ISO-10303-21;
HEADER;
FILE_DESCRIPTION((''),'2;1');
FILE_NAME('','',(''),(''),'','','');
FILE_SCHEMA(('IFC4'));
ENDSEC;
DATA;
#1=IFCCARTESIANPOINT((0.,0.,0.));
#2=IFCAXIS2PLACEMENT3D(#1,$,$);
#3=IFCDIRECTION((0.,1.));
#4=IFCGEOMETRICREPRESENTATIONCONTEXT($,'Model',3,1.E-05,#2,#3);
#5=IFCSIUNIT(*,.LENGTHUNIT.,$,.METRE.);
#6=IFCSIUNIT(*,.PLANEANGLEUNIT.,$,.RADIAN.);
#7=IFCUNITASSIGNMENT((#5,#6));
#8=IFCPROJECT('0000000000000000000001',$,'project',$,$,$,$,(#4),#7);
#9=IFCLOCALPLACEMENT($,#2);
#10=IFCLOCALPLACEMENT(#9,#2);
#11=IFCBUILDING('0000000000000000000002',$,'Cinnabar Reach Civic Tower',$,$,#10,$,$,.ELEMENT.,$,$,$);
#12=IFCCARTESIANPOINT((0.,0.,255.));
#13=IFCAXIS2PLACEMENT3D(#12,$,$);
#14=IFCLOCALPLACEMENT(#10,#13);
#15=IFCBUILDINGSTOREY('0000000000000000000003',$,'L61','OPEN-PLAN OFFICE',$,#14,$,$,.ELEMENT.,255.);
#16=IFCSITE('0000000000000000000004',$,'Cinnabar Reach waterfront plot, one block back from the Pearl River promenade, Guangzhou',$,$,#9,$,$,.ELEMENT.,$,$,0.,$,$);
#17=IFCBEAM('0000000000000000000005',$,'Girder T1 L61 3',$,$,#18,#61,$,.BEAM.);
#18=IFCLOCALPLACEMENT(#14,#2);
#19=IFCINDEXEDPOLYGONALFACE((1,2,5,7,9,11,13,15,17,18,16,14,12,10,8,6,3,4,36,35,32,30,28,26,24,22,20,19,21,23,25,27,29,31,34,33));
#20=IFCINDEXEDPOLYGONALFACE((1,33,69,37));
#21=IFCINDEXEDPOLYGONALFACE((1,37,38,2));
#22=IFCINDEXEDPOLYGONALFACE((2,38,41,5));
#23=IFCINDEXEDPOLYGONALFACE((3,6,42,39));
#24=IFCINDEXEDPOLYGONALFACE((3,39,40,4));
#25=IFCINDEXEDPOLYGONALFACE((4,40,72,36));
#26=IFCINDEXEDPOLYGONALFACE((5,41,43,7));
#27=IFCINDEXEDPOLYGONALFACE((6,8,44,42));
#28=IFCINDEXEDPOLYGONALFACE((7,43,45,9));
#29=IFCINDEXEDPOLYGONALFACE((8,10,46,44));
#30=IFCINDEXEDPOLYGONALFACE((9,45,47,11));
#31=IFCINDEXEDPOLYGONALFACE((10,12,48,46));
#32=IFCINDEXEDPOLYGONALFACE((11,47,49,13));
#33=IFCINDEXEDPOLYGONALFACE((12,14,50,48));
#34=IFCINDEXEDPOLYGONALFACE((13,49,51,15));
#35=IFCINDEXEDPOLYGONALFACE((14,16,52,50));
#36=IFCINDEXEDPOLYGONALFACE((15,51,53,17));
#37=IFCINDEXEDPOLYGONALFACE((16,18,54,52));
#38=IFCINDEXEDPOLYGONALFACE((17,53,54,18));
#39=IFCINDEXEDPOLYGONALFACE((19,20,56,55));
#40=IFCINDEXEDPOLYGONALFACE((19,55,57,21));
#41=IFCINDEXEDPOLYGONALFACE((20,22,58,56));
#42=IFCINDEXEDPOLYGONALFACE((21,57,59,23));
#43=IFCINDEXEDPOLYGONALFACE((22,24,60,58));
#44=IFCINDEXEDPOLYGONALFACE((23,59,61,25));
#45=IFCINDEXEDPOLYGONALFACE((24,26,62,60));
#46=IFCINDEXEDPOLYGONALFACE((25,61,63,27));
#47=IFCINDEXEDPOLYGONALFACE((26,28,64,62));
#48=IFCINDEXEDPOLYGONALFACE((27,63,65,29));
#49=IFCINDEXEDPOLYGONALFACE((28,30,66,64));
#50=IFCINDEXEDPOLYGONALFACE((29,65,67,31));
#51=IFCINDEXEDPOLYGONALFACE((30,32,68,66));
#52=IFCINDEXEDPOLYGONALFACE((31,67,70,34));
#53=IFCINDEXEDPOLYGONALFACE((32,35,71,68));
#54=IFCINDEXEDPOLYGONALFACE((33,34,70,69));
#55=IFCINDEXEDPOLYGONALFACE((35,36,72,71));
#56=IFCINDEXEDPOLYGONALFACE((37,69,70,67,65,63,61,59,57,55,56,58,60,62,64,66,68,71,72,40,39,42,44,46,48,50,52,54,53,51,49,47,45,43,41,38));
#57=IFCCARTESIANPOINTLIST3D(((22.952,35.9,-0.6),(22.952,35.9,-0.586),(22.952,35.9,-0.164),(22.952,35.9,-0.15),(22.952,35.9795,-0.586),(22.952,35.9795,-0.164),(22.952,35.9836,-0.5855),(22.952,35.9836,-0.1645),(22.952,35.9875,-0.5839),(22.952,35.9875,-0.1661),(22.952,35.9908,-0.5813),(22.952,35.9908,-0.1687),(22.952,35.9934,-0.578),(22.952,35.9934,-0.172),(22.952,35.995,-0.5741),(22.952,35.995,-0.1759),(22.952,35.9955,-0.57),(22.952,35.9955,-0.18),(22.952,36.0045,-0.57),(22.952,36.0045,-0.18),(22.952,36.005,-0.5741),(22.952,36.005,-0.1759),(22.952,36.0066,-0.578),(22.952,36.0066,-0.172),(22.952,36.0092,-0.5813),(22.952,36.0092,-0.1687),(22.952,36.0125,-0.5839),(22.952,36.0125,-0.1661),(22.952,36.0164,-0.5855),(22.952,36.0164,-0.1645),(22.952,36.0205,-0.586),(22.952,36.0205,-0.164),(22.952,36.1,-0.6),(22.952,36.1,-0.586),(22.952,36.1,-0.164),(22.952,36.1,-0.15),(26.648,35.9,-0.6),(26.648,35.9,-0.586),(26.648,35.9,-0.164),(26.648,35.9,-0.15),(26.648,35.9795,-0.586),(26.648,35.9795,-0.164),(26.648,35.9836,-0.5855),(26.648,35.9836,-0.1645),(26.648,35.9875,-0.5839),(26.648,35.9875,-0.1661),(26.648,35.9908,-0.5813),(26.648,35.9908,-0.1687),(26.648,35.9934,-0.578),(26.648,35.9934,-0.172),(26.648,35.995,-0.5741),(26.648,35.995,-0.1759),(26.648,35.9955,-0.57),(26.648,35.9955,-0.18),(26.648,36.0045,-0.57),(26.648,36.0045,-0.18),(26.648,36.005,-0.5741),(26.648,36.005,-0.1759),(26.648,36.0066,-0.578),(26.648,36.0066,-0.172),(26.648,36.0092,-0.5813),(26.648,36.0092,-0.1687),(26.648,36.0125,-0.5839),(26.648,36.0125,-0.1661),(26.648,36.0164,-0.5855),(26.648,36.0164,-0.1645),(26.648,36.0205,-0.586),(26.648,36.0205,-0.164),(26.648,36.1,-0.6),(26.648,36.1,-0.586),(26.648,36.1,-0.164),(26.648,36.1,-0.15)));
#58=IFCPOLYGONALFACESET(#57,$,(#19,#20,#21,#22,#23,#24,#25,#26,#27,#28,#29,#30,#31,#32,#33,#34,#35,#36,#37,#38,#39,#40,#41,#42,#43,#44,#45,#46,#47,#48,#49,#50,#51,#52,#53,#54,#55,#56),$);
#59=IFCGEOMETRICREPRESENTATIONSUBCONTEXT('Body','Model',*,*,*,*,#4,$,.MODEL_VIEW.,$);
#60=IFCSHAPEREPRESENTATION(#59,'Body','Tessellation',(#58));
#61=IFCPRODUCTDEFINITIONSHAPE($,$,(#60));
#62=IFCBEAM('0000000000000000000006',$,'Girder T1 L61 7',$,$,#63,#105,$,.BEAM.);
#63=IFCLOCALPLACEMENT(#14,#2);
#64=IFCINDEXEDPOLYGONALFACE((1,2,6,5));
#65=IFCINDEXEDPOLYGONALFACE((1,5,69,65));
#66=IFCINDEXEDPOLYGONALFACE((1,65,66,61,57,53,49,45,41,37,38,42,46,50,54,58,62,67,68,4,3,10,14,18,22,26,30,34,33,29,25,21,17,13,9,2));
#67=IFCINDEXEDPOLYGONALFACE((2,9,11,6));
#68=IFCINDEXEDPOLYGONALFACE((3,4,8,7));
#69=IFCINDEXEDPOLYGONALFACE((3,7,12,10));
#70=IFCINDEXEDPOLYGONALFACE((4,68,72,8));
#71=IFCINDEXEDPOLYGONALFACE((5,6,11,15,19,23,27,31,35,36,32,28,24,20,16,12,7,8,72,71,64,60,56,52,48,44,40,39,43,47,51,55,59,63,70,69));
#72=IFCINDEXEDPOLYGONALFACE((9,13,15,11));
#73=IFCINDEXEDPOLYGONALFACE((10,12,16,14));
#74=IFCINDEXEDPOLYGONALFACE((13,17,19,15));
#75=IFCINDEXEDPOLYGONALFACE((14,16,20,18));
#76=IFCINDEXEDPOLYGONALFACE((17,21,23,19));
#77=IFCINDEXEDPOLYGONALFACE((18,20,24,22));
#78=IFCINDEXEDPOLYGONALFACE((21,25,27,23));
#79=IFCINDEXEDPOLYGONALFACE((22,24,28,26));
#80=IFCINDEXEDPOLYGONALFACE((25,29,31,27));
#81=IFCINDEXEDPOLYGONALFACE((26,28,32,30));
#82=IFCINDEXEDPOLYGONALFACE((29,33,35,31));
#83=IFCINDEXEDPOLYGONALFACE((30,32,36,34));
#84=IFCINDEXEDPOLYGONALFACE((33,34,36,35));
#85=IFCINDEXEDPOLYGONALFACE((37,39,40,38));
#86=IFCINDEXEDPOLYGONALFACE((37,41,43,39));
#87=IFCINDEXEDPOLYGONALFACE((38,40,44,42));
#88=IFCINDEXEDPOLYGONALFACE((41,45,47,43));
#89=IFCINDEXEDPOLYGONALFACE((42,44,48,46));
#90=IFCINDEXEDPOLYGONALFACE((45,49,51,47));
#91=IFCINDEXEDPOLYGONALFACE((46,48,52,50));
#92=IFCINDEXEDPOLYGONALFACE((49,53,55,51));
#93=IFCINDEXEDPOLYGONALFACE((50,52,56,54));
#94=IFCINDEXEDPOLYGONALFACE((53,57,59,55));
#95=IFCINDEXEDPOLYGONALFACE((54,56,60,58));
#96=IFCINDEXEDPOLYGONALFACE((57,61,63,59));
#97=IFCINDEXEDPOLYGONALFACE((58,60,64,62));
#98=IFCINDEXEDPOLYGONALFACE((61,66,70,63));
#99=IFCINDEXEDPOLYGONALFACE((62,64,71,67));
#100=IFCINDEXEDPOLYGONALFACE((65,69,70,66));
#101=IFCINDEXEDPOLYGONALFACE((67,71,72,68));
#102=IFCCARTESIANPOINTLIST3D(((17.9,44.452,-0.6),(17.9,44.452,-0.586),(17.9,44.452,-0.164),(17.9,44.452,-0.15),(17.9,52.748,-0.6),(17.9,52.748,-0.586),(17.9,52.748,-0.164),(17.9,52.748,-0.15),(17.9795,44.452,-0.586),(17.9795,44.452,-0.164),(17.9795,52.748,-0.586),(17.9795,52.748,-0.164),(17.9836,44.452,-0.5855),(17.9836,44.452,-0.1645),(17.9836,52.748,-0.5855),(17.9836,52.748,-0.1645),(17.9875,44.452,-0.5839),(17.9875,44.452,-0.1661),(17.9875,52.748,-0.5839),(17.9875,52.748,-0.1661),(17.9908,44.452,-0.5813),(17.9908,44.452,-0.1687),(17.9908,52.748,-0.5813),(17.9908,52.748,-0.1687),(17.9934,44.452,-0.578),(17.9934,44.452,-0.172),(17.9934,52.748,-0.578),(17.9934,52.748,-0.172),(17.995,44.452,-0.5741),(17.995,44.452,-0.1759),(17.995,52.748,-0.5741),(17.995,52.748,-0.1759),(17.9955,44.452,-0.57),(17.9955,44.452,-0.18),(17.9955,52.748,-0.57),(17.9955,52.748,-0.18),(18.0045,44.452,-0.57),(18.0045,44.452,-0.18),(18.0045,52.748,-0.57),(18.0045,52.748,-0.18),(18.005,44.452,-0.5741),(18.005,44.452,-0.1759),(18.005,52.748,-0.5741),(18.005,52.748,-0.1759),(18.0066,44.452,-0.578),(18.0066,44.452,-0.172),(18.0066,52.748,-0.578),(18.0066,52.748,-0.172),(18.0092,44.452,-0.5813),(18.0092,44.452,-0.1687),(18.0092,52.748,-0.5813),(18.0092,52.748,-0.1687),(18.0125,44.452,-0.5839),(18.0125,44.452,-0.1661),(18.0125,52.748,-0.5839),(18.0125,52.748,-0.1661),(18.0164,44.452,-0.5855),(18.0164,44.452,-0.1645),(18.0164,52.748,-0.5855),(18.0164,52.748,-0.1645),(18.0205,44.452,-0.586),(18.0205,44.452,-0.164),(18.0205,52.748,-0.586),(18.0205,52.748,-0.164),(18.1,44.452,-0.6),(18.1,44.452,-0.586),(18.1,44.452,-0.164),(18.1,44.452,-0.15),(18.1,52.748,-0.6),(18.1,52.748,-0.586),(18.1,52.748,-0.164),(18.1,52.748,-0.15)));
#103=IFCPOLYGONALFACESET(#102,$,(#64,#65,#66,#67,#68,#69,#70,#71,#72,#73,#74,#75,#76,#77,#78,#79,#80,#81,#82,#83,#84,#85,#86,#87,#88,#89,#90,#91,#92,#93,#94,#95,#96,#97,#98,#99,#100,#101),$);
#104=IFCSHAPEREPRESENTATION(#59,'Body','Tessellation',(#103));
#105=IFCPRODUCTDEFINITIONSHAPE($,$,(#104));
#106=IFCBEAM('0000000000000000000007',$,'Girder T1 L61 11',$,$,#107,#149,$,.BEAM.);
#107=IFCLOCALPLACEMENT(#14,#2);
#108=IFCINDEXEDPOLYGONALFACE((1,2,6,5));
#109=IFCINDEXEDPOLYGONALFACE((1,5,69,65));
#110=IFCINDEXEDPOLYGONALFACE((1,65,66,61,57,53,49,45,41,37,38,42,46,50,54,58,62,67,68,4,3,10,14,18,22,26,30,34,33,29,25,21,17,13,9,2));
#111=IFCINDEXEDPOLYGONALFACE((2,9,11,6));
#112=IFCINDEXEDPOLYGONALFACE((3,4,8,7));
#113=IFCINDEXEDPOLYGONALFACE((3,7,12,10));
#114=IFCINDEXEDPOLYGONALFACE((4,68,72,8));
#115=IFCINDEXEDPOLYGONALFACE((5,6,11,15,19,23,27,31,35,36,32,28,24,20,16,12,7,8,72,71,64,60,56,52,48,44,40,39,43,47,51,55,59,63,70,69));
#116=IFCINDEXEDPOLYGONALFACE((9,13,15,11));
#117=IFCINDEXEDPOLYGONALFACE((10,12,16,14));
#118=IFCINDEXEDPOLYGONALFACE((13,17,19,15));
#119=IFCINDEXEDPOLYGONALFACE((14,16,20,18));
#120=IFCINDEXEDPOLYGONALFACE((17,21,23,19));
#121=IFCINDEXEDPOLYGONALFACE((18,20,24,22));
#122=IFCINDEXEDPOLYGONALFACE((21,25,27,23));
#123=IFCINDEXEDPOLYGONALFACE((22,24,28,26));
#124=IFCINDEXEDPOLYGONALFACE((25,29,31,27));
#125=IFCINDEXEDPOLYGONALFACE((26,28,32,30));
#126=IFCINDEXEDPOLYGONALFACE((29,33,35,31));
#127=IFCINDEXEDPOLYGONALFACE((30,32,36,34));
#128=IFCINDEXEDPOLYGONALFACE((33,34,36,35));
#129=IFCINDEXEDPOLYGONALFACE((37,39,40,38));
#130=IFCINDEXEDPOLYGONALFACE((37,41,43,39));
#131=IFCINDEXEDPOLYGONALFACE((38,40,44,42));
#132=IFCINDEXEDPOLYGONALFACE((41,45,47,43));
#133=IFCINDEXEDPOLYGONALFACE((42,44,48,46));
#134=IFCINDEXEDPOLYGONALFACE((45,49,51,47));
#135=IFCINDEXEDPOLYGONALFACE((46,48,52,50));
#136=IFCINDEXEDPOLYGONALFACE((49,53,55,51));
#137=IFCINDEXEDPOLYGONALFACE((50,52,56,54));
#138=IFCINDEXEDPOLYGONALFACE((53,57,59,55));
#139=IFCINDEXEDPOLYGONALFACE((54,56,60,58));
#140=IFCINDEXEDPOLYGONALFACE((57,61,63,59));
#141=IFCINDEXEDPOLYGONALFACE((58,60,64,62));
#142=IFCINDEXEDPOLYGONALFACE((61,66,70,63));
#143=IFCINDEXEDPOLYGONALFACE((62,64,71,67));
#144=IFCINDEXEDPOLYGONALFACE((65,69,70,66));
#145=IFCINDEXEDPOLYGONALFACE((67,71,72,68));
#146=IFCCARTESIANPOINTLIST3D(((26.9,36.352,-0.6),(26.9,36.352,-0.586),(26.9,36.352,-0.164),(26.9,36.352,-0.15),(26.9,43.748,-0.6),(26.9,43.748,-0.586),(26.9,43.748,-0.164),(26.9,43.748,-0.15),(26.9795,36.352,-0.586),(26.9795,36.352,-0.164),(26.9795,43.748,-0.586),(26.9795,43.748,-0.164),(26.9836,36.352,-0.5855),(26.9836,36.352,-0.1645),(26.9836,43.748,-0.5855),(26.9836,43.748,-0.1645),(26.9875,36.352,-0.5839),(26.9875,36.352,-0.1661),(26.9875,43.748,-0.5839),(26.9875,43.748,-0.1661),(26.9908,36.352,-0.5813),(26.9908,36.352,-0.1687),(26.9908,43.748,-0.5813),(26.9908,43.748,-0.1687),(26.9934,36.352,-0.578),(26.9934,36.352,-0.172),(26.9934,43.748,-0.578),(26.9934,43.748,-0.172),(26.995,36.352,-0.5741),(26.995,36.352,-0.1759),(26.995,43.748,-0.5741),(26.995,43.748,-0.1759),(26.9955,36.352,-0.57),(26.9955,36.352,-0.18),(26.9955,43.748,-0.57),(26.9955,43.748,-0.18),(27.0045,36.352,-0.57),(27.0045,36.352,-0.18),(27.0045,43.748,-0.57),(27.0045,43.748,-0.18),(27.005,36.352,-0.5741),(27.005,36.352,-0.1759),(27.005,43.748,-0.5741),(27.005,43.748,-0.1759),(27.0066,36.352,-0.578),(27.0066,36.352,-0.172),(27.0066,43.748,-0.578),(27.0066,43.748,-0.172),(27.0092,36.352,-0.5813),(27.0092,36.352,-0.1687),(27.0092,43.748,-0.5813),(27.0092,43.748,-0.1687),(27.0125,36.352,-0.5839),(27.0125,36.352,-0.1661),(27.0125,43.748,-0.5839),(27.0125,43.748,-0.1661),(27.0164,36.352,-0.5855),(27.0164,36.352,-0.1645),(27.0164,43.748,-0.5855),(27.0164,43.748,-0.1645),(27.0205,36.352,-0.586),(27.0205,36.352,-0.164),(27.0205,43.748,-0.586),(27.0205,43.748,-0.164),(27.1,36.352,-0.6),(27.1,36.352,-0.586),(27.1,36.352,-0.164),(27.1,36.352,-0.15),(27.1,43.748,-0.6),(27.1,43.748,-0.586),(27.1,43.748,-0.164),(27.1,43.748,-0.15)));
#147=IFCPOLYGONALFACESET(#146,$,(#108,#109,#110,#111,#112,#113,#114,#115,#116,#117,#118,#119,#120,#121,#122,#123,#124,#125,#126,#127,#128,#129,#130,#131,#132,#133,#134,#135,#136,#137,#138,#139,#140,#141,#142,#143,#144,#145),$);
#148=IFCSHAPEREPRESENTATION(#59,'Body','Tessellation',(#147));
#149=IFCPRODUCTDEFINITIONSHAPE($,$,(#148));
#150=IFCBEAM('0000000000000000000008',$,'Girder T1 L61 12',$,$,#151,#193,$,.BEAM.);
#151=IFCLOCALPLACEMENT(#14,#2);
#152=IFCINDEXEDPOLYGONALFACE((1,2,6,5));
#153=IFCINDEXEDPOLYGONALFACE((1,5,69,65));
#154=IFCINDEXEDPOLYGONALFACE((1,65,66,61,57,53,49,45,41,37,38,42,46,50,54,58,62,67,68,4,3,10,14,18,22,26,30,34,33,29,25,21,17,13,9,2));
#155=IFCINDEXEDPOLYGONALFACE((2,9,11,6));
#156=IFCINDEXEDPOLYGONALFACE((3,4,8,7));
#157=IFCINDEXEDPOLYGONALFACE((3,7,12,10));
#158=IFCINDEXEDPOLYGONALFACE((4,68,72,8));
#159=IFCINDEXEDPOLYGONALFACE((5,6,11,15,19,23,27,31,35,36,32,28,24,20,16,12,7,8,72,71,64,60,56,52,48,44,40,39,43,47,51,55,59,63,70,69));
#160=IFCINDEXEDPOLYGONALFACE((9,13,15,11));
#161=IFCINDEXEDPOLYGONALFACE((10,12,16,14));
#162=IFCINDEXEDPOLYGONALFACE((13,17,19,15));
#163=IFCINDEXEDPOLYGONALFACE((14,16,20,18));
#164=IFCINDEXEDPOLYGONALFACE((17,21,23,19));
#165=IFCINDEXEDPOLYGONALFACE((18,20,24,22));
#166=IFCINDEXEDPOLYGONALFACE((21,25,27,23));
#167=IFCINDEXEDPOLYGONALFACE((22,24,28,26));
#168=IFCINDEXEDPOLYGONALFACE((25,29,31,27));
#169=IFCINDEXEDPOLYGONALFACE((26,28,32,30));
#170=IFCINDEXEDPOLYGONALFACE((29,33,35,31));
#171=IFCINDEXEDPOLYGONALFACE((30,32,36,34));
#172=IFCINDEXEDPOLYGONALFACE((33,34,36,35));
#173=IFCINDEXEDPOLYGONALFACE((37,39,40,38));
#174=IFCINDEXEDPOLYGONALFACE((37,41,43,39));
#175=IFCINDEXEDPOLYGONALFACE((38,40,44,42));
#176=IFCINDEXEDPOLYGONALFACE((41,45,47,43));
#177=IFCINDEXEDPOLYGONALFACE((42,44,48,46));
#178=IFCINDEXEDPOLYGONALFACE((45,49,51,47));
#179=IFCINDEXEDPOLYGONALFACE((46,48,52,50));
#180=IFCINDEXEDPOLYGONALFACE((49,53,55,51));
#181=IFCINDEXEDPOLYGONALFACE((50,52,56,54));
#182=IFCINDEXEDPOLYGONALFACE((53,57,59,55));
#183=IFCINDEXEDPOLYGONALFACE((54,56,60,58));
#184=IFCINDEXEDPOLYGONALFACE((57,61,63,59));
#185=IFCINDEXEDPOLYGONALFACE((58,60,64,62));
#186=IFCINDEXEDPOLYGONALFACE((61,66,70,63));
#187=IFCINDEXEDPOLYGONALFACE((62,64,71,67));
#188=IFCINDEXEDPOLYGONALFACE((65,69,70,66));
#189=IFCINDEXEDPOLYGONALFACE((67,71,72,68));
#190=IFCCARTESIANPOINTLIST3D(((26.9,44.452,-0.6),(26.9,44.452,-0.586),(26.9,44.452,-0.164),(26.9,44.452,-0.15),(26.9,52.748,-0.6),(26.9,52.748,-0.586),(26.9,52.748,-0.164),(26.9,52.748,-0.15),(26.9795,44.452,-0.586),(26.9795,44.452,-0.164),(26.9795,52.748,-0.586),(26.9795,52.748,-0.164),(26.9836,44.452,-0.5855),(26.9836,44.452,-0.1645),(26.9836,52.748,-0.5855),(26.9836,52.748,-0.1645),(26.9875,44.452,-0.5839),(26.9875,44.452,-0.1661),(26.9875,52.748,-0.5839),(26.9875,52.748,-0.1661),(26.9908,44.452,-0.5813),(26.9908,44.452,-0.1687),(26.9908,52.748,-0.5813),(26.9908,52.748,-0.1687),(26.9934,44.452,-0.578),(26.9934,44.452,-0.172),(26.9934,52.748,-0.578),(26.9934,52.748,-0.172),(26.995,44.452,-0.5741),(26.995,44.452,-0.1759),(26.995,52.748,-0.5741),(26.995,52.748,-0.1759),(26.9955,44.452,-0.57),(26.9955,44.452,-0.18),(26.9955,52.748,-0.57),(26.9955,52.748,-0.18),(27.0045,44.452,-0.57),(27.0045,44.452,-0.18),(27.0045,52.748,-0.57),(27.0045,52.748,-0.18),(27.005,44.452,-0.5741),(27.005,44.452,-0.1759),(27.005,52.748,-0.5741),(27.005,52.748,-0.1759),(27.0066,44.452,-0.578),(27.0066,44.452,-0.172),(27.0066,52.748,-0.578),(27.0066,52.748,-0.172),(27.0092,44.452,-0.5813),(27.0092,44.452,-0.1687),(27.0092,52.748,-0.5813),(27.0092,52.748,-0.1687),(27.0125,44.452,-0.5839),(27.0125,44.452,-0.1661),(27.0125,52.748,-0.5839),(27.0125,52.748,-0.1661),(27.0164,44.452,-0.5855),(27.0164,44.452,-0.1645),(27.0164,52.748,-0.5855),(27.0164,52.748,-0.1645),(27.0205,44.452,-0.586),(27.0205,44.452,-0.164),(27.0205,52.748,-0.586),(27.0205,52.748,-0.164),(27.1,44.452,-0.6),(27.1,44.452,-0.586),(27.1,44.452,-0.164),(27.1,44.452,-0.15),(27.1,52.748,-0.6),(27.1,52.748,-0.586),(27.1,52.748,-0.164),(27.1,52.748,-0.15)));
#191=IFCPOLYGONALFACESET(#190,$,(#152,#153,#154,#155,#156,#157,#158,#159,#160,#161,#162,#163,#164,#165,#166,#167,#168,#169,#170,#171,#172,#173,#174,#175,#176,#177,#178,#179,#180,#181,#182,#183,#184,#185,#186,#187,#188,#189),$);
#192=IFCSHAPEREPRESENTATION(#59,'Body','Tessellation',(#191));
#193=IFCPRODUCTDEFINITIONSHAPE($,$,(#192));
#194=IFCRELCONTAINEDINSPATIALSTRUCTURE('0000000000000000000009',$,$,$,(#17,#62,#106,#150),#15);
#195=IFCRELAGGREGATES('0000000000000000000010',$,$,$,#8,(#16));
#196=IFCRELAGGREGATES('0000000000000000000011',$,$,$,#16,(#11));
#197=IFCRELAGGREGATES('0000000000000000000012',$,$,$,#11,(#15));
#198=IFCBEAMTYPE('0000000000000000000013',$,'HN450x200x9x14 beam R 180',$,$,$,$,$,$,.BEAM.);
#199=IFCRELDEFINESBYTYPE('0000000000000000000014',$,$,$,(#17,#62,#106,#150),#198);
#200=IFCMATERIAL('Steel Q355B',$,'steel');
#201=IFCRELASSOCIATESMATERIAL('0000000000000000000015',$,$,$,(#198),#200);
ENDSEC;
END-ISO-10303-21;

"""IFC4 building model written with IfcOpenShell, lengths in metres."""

from ifc_helpers import new_model, si_unit, direction, frame, origin, origin_2d, place, context, subcontext, project, spatial, i_section, extrude, material, material_profile, profile_set, type_object, element, save


model = new_model("IFC4")

# Units and contexts
model_context = context("Model", 3, precision=1e-05, world=origin(), true_north=direction((0.0, 1.0)))
body_context = subcontext(model_context, "Body", "Model", "MODEL_VIEW")
ifc_project = project(units=[si_unit("LENGTHUNIT", "METRE"), si_unit("PLANEANGLEUNIT", "RADIAN")], contexts=[model_context])

# Site, building, storey
site_placement = place(None, origin())
site = spatial("IfcSite", under=ifc_project, at=site_placement, Name="Cinnabar Reach waterfront plot, one block back from the Pearl River promenade, Guangzhou", CompositionType="ELEMENT", RefElevation=0.0)
building_placement = place(site_placement, origin())
building = spatial("IfcBuilding", under=site, at=building_placement, Name="Cinnabar Reach Civic Tower", CompositionType="ELEMENT")
storey_placement = place(building_placement, frame((0.0, 0.0, 255.0)))
storey = spatial("IfcBuildingStorey", under=building, at=storey_placement, Name="L61", Description="OPEN-PLAN OFFICE", CompositionType="ELEMENT", Elevation=255.0)

# Beams
ifc_material_1 = material(Name="Steel Q355B", Category="steel")
ifc_material_profile_1 = material_profile(ifc_material_1, i_section(OverallWidth=0.2, OverallDepth=0.45, WebThickness=0.009, FlangeThickness=0.014, FilletRadius=0.016, at=origin_2d()), Name="HN450x200x9x14")
ifc_profile_set_1 = profile_set([ifc_material_profile_1], Name="Steel Q355B")
beam_type_1 = type_object("IfcBeamType", Name="HN450x200x9x14 beam R 180", PredefinedType="BEAM", material=ifc_profile_set_1)
beam_1_placement = place(storey_placement, frame((22.952, 36.0, -0.375), z_axis=(1.0, 0.0, 0.0), x_axis=(0.0, 1.0, 0.0)))
element("IfcBeam", 1, at=beam_1_placement, inside=storey, type_object=beam_type_1, Name="Girder T1 L61 3", PredefinedType="BEAM", context=body_context, shape_type="SweptSolid", body=[
    extrude(i_section(OverallWidth=0.2, OverallDepth=0.45, WebThickness=0.009, FlangeThickness=0.014, FilletRadius=0.016, at=origin_2d()), origin(), (0.0, 0.0, 1.0), 3.696),
])
beam_2_placement = place(storey_placement, frame((18.0, 44.452, -0.375), z_axis=(0.0, 1.0, 0.0), x_axis=(-1.0, 0.0, 0.0)))
element("IfcBeam", 2, at=beam_2_placement, inside=storey, type_object=beam_type_1, Name="Girder T1 L61 7", PredefinedType="BEAM", context=body_context, shape_type="SweptSolid", body=[
    extrude(i_section(OverallWidth=0.2, OverallDepth=0.45, WebThickness=0.009, FlangeThickness=0.014, FilletRadius=0.016, at=origin_2d()), origin(), (0.0, 0.0, 1.0), 8.296),
])
beam_3_placement = place(storey_placement, frame((27.0, 36.352, -0.375), z_axis=(0.0, 1.0, 0.0), x_axis=(-1.0, 0.0, 0.0)))
element("IfcBeam", 3, at=beam_3_placement, inside=storey, type_object=beam_type_1, Name="Girder T1 L61 11", PredefinedType="BEAM", context=body_context, shape_type="SweptSolid", body=[
    extrude(i_section(OverallWidth=0.2, OverallDepth=0.45, WebThickness=0.009, FlangeThickness=0.014, FilletRadius=0.016, at=origin_2d()), origin(), (0.0, 0.0, 1.0), 7.396),
])
beam_4_placement = place(storey_placement, frame((27.0, 44.452, -0.375), z_axis=(0.0, 1.0, 0.0), x_axis=(-1.0, 0.0, 0.0)))
element("IfcBeam", 4, at=beam_4_placement, inside=storey, type_object=beam_type_1, Name="Girder T1 L61 12", PredefinedType="BEAM", context=body_context, shape_type="SweptSolid", body=[
    extrude(i_section(OverallWidth=0.2, OverallDepth=0.45, WebThickness=0.009, FlangeThickness=0.014, FilletRadius=0.016, at=origin_2d()), origin(), (0.0, 0.0, 1.0), 8.296),
])

save(model, "model.ifc")
